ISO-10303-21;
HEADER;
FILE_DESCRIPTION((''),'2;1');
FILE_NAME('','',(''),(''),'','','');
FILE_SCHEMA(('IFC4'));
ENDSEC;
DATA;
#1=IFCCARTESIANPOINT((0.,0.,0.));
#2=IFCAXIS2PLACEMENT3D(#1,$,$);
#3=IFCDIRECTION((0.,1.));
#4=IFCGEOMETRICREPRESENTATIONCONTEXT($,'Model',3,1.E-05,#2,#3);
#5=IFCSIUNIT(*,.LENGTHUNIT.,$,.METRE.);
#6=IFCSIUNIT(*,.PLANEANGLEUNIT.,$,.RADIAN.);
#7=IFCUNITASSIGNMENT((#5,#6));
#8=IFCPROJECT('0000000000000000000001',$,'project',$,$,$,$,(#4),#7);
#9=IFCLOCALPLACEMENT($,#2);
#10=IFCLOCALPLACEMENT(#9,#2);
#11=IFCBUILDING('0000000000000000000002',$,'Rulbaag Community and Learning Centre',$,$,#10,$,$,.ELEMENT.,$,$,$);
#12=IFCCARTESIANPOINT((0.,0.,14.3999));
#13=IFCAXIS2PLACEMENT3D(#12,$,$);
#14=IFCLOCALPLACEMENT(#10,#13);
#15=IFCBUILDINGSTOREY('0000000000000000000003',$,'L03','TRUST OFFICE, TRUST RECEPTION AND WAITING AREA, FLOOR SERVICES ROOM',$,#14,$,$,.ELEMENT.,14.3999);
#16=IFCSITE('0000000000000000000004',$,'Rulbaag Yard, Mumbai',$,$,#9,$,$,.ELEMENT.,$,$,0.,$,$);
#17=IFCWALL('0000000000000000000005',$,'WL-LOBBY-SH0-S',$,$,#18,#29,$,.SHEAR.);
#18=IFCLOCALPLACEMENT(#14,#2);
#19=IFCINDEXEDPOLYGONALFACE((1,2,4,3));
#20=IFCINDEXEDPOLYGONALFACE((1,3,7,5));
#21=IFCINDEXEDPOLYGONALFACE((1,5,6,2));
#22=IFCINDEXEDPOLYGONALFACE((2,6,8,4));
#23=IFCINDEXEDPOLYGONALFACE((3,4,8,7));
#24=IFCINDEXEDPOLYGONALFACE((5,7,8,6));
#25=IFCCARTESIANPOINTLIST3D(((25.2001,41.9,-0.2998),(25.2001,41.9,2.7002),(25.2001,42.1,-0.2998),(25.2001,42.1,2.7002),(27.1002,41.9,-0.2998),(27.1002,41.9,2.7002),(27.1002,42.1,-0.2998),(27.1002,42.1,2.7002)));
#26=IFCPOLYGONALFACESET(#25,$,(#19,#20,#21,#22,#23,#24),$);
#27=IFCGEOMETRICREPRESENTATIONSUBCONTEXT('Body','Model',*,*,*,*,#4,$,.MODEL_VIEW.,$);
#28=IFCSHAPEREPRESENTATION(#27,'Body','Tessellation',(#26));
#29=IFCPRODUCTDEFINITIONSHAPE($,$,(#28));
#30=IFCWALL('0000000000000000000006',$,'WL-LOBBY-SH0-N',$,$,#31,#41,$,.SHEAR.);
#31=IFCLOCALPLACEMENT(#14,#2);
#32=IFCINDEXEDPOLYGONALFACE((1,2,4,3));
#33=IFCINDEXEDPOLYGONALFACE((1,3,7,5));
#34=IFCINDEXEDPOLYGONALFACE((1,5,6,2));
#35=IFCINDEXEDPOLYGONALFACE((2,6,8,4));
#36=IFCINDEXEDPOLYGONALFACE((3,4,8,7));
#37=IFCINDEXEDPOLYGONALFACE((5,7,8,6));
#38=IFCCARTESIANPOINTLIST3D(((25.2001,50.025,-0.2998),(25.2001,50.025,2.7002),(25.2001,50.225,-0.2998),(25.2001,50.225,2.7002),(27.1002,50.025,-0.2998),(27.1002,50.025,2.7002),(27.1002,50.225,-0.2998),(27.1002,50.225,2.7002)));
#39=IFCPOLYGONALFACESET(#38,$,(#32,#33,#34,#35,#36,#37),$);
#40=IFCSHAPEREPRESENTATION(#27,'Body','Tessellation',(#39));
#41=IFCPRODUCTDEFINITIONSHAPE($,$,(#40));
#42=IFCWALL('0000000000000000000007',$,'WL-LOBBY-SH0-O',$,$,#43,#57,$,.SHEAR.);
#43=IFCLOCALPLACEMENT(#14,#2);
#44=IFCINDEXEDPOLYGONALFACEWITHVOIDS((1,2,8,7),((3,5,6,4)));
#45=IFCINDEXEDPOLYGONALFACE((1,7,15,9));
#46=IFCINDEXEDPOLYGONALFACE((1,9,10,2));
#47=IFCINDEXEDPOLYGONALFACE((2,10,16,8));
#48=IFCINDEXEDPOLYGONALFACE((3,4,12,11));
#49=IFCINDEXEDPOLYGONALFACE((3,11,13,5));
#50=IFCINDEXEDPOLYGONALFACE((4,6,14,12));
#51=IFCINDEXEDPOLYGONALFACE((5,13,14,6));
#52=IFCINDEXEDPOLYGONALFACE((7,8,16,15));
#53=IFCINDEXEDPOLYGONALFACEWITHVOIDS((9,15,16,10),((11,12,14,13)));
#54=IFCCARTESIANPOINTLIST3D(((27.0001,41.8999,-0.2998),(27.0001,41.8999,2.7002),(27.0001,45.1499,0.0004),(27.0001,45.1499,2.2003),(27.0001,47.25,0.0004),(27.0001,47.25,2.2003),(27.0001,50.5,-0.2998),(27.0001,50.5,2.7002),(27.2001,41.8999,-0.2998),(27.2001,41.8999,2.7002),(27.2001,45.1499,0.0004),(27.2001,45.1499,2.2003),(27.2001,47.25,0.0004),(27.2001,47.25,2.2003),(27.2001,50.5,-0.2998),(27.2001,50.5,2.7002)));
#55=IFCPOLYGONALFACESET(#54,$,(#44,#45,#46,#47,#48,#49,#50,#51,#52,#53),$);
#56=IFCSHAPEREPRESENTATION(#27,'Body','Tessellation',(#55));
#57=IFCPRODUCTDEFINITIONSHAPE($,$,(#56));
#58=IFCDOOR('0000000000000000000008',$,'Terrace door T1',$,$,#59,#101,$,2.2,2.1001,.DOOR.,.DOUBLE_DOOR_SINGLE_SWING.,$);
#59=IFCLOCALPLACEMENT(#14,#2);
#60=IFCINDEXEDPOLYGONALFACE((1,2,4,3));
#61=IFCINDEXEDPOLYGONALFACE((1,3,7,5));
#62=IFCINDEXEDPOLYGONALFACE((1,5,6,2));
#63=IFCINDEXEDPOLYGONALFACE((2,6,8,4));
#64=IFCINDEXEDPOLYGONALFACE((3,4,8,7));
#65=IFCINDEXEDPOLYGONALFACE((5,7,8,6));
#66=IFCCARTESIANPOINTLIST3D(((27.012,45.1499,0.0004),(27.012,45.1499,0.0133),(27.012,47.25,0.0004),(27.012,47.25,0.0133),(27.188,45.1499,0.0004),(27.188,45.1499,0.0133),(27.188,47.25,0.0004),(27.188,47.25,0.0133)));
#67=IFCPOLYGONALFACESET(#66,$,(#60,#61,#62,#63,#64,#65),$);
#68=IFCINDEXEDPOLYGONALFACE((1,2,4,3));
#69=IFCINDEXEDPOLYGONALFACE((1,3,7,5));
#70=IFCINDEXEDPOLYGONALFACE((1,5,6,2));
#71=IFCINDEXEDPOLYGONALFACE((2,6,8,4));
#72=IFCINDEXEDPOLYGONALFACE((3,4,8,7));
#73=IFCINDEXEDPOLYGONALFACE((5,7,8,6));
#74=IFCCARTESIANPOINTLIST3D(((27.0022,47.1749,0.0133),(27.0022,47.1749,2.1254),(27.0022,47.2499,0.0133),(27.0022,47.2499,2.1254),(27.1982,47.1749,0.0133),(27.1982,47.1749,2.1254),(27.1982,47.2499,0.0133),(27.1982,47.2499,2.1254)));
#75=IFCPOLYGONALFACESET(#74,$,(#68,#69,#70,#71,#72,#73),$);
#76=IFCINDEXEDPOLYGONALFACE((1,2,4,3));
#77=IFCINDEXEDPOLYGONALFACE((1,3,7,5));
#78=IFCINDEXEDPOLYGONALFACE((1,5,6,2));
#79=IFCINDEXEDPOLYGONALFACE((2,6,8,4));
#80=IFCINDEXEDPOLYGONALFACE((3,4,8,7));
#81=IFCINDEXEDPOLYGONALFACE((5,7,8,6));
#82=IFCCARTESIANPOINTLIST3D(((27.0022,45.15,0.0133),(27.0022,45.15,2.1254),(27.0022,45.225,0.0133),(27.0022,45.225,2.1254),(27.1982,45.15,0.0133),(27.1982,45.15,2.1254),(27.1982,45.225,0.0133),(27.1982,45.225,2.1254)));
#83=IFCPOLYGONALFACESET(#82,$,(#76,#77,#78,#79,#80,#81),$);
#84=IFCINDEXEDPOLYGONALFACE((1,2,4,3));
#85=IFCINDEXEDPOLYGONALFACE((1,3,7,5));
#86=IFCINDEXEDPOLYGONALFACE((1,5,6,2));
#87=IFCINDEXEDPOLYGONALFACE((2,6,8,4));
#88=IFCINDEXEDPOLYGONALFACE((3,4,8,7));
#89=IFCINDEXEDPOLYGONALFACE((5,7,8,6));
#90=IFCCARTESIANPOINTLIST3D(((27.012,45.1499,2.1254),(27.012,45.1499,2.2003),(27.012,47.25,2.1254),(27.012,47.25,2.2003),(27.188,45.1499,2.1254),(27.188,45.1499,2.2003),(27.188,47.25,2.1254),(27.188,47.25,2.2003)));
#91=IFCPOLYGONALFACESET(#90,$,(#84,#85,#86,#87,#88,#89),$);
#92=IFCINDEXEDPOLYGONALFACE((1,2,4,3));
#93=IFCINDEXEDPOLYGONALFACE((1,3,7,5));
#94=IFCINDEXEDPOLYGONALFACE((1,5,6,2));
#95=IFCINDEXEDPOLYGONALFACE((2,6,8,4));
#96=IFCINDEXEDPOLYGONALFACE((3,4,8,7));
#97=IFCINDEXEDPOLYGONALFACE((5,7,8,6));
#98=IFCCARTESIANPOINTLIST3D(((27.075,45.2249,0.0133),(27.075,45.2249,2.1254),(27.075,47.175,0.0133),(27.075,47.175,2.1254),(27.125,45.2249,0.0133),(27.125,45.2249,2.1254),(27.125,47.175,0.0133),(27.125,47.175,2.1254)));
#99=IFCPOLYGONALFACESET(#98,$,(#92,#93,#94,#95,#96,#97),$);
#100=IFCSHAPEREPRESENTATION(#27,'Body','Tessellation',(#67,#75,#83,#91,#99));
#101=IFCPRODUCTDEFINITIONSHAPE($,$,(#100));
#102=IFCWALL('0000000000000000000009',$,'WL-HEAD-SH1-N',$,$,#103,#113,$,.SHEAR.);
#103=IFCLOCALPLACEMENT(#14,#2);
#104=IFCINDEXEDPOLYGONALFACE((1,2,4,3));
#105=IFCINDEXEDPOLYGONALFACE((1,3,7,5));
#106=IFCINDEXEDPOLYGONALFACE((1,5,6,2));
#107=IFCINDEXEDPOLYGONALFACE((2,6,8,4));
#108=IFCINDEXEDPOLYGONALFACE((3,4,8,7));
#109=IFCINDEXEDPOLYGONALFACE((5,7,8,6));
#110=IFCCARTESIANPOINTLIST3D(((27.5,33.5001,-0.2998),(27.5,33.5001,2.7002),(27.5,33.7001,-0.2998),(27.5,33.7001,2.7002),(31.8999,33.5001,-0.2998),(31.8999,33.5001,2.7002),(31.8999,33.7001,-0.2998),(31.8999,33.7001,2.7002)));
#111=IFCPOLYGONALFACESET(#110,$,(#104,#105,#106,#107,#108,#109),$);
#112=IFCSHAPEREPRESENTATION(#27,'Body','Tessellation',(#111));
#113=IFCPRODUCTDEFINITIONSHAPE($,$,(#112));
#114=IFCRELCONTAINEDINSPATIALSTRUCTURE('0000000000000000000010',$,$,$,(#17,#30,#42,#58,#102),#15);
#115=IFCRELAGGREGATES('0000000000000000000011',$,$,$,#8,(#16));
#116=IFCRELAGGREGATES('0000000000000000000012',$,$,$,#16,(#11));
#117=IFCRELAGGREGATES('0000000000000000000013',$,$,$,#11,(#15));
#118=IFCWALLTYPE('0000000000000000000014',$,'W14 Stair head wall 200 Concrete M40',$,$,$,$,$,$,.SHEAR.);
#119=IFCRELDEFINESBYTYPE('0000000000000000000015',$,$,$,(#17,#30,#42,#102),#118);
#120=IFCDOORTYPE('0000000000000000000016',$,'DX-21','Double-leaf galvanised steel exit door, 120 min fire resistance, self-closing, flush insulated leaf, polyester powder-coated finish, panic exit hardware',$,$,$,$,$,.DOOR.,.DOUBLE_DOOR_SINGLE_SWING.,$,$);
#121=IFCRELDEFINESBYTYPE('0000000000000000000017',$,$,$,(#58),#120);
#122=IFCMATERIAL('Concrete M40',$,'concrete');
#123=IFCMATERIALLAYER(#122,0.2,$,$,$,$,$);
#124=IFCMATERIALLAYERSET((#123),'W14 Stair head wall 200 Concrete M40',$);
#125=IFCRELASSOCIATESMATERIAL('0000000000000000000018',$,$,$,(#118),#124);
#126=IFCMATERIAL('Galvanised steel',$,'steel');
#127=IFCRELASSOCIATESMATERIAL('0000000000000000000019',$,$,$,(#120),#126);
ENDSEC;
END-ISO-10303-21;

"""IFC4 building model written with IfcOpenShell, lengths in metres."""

from ifc_helpers import new_model, si_unit, direction, frame, frame_2d, origin, place, context, subcontext, project, spatial, rectangle, extrude, material, layer, layer_set, type_object, element, fill, save


model = new_model("IFC4")

# Units and contexts
model_context = context("Model", 3, precision=1e-05, world=origin(), true_north=direction((0.0, 1.0)))
body_context = subcontext(model_context, "Body", "Model", "MODEL_VIEW")
ifc_project = project(units=[si_unit("LENGTHUNIT", "METRE"), si_unit("PLANEANGLEUNIT", "RADIAN")], contexts=[model_context])

# Site, building, storey
site_placement = place(None, origin())
site = spatial("IfcSite", under=ifc_project, at=site_placement, Name="Rulbaag Yard, Mumbai", CompositionType="ELEMENT", RefElevation=0.0)
building_placement = place(site_placement, origin())
building = spatial("IfcBuilding", under=site, at=building_placement, Name="Rulbaag Community and Learning Centre", CompositionType="ELEMENT")
storey_placement = place(building_placement, frame((0.0, 0.0, 14.3999)))
storey = spatial("IfcBuildingStorey", under=building, at=storey_placement, Name="L03", Description="TRUST OFFICE, TRUST RECEPTION AND WAITING AREA, FLOOR SERVICES ROOM", CompositionType="ELEMENT", Elevation=14.3999)

# Shared definitions
ifc_material_1 = material(Name="Concrete M40", Category="concrete")

# Shared definitions
ifc_layer_1 = layer(ifc_material_1, 0.2)
ifc_layer_set_1 = layer_set([ifc_layer_1], Name="W14 Stair head wall 200 Concrete M40")
wall_type_1 = type_object("IfcWallType", Name="W14 Stair head wall 200 Concrete M40", PredefinedType="SHEAR", material=ifc_layer_set_1)

# Shared definitions
ifc_material_2 = material(Name="Galvanised steel", Category="steel")

# Walls
for number, where, z_axis, x_axis, name in (
    (1, (25.2, 42.0, -0.2998), (0.0, 0.0, 1.0), (1.0, 0.0, 0.0), "WL-LOBBY-SH0-S"),
    (2, (25.2, 50.125, -0.2998), (0.0, 0.0, 1.0), (1.0, 0.0, 0.0), "WL-LOBBY-SH0-N"),
):
    element("IfcWall", number, at=place(storey_placement, frame(where, z_axis=z_axis, x_axis=x_axis)), inside=storey, type_object=wall_type_1, Name=name, PredefinedType="SHEAR", context=body_context, shape_type="SweptSolid", body=[
        extrude(rectangle(XDim=1.9001, YDim=0.2, at=frame_2d((0.9502, 0.0))), origin(), (0.0, 0.0, 1.0), 3.0),
    ])

# Wall, opening, door
wall_1_placement = place(storey_placement, frame((27.1001, 41.8999, -0.2998), z_axis=(0.0, 0.0, 1.0), x_axis=(0.0, 1.0, 0.0)))
wall_1 = element("IfcWall", 3, at=wall_1_placement, inside=storey, type_object=wall_type_1, Name="WL-LOBBY-SH0-O", PredefinedType="SHEAR", context=body_context, shape_type="SweptSolid", body=[
    extrude(rectangle(XDim=8.6001, YDim=0.2, at=frame_2d((4.3, 0.0))), origin(), (0.0, 0.0, 1.0), 3.0),
])
opening_1_placement = place(wall_1_placement, frame((5.3501, 0.0, 0.3), z_axis=(0.0, 0.0, 1.0), x_axis=(-1.0, 0.0, 0.0)))
opening_1 = element("IfcOpeningElement", 4, at=opening_1_placement, cuts=wall_1, PredefinedType="OPENING", context=body_context, shape_type="SweptSolid", body=[
    extrude(rectangle(XDim=2.1001, YDim=2.2, at=frame_2d((1.05, 1.1001))), frame((0.0, 0.1099, 0.0), z_axis=(0.0, -1.0, 0.0), x_axis=(1.0, 0.0, 0.0)), (0.0, 0.0, 1.0), 0.22),
])
door_type_1 = type_object("IfcDoorType", Name="DX-21", Description="Double-leaf galvanised steel exit door, 120 min fire resistance, self-closing, flush insulated leaf, polyester powder-coated finish, panic exit hardware", OperationType="DOUBLE_DOOR_SINGLE_SWING", PredefinedType="DOOR", material=ifc_material_2)
door_1_placement = place(opening_1_placement, origin())
door_1 = element("IfcDoor", 5, at=door_1_placement, inside=storey, type_object=door_type_1, Name="Terrace door T1", OperationType="DOUBLE_DOOR_SINGLE_SWING", OverallHeight=2.2, OverallWidth=2.1001, PredefinedType="DOOR", context=body_context, shape_type="SweptSolid", body=[
    extrude(rectangle(XDim=2.1001, YDim=0.0129, at=frame_2d((1.05, 0.0066))), frame((0.0, 0.0879, 0.0), z_axis=(0.0, -1.0, 0.0), x_axis=(1.0, 0.0, 0.0)), (0.0, 0.0, 1.0), 0.176),
    extrude(rectangle(XDim=0.075, YDim=2.1121, at=frame_2d((0.0376, 1.0691))), frame((0.0, 0.0981, 0.0), z_axis=(0.0, -1.0, 0.0), x_axis=(1.0, 0.0, 0.0)), (0.0, 0.0, 1.0), 0.196),
    extrude(rectangle(XDim=0.075, YDim=2.1121, at=frame_2d((2.0625, 1.0691))), frame((0.0, 0.0981, 0.0), z_axis=(0.0, -1.0, 0.0), x_axis=(1.0, 0.0, 0.0)), (0.0, 0.0, 1.0), 0.196),
    extrude(rectangle(XDim=2.1001, YDim=0.075, at=frame_2d((1.05, 2.1626))), frame((0.0, 0.0879, 0.0), z_axis=(0.0, -1.0, 0.0), x_axis=(1.0, 0.0, 0.0)), (0.0, 0.0, 1.0), 0.176),
    extrude(rectangle(XDim=1.9502, YDim=2.1121, at=frame_2d((1.05, 1.0691))), frame((0.0, 0.0249, 0.0), z_axis=(0.0, -1.0, 0.0), x_axis=(1.0, 0.0, 0.0)), (0.0, 0.0, 1.0), 0.05),
])
fill(opening_1, door_1)

# Wall
wall_2_placement = place(storey_placement, frame((27.5, 33.6001, -0.2998), z_axis=(0.0, 0.0, 1.0), x_axis=(1.0, 0.0, 0.0)))
element("IfcWall", 6, at=wall_2_placement, inside=storey, type_object=wall_type_1, Name="WL-HEAD-SH1-N", PredefinedType="SHEAR", context=body_context, shape_type="SweptSolid", body=[
    extrude(rectangle(XDim=4.3999, YDim=0.2, at=frame_2d((2.2, 0.0))), origin(), (0.0, 0.0, 1.0), 3.0),
])

save(model, "model.ifc")
